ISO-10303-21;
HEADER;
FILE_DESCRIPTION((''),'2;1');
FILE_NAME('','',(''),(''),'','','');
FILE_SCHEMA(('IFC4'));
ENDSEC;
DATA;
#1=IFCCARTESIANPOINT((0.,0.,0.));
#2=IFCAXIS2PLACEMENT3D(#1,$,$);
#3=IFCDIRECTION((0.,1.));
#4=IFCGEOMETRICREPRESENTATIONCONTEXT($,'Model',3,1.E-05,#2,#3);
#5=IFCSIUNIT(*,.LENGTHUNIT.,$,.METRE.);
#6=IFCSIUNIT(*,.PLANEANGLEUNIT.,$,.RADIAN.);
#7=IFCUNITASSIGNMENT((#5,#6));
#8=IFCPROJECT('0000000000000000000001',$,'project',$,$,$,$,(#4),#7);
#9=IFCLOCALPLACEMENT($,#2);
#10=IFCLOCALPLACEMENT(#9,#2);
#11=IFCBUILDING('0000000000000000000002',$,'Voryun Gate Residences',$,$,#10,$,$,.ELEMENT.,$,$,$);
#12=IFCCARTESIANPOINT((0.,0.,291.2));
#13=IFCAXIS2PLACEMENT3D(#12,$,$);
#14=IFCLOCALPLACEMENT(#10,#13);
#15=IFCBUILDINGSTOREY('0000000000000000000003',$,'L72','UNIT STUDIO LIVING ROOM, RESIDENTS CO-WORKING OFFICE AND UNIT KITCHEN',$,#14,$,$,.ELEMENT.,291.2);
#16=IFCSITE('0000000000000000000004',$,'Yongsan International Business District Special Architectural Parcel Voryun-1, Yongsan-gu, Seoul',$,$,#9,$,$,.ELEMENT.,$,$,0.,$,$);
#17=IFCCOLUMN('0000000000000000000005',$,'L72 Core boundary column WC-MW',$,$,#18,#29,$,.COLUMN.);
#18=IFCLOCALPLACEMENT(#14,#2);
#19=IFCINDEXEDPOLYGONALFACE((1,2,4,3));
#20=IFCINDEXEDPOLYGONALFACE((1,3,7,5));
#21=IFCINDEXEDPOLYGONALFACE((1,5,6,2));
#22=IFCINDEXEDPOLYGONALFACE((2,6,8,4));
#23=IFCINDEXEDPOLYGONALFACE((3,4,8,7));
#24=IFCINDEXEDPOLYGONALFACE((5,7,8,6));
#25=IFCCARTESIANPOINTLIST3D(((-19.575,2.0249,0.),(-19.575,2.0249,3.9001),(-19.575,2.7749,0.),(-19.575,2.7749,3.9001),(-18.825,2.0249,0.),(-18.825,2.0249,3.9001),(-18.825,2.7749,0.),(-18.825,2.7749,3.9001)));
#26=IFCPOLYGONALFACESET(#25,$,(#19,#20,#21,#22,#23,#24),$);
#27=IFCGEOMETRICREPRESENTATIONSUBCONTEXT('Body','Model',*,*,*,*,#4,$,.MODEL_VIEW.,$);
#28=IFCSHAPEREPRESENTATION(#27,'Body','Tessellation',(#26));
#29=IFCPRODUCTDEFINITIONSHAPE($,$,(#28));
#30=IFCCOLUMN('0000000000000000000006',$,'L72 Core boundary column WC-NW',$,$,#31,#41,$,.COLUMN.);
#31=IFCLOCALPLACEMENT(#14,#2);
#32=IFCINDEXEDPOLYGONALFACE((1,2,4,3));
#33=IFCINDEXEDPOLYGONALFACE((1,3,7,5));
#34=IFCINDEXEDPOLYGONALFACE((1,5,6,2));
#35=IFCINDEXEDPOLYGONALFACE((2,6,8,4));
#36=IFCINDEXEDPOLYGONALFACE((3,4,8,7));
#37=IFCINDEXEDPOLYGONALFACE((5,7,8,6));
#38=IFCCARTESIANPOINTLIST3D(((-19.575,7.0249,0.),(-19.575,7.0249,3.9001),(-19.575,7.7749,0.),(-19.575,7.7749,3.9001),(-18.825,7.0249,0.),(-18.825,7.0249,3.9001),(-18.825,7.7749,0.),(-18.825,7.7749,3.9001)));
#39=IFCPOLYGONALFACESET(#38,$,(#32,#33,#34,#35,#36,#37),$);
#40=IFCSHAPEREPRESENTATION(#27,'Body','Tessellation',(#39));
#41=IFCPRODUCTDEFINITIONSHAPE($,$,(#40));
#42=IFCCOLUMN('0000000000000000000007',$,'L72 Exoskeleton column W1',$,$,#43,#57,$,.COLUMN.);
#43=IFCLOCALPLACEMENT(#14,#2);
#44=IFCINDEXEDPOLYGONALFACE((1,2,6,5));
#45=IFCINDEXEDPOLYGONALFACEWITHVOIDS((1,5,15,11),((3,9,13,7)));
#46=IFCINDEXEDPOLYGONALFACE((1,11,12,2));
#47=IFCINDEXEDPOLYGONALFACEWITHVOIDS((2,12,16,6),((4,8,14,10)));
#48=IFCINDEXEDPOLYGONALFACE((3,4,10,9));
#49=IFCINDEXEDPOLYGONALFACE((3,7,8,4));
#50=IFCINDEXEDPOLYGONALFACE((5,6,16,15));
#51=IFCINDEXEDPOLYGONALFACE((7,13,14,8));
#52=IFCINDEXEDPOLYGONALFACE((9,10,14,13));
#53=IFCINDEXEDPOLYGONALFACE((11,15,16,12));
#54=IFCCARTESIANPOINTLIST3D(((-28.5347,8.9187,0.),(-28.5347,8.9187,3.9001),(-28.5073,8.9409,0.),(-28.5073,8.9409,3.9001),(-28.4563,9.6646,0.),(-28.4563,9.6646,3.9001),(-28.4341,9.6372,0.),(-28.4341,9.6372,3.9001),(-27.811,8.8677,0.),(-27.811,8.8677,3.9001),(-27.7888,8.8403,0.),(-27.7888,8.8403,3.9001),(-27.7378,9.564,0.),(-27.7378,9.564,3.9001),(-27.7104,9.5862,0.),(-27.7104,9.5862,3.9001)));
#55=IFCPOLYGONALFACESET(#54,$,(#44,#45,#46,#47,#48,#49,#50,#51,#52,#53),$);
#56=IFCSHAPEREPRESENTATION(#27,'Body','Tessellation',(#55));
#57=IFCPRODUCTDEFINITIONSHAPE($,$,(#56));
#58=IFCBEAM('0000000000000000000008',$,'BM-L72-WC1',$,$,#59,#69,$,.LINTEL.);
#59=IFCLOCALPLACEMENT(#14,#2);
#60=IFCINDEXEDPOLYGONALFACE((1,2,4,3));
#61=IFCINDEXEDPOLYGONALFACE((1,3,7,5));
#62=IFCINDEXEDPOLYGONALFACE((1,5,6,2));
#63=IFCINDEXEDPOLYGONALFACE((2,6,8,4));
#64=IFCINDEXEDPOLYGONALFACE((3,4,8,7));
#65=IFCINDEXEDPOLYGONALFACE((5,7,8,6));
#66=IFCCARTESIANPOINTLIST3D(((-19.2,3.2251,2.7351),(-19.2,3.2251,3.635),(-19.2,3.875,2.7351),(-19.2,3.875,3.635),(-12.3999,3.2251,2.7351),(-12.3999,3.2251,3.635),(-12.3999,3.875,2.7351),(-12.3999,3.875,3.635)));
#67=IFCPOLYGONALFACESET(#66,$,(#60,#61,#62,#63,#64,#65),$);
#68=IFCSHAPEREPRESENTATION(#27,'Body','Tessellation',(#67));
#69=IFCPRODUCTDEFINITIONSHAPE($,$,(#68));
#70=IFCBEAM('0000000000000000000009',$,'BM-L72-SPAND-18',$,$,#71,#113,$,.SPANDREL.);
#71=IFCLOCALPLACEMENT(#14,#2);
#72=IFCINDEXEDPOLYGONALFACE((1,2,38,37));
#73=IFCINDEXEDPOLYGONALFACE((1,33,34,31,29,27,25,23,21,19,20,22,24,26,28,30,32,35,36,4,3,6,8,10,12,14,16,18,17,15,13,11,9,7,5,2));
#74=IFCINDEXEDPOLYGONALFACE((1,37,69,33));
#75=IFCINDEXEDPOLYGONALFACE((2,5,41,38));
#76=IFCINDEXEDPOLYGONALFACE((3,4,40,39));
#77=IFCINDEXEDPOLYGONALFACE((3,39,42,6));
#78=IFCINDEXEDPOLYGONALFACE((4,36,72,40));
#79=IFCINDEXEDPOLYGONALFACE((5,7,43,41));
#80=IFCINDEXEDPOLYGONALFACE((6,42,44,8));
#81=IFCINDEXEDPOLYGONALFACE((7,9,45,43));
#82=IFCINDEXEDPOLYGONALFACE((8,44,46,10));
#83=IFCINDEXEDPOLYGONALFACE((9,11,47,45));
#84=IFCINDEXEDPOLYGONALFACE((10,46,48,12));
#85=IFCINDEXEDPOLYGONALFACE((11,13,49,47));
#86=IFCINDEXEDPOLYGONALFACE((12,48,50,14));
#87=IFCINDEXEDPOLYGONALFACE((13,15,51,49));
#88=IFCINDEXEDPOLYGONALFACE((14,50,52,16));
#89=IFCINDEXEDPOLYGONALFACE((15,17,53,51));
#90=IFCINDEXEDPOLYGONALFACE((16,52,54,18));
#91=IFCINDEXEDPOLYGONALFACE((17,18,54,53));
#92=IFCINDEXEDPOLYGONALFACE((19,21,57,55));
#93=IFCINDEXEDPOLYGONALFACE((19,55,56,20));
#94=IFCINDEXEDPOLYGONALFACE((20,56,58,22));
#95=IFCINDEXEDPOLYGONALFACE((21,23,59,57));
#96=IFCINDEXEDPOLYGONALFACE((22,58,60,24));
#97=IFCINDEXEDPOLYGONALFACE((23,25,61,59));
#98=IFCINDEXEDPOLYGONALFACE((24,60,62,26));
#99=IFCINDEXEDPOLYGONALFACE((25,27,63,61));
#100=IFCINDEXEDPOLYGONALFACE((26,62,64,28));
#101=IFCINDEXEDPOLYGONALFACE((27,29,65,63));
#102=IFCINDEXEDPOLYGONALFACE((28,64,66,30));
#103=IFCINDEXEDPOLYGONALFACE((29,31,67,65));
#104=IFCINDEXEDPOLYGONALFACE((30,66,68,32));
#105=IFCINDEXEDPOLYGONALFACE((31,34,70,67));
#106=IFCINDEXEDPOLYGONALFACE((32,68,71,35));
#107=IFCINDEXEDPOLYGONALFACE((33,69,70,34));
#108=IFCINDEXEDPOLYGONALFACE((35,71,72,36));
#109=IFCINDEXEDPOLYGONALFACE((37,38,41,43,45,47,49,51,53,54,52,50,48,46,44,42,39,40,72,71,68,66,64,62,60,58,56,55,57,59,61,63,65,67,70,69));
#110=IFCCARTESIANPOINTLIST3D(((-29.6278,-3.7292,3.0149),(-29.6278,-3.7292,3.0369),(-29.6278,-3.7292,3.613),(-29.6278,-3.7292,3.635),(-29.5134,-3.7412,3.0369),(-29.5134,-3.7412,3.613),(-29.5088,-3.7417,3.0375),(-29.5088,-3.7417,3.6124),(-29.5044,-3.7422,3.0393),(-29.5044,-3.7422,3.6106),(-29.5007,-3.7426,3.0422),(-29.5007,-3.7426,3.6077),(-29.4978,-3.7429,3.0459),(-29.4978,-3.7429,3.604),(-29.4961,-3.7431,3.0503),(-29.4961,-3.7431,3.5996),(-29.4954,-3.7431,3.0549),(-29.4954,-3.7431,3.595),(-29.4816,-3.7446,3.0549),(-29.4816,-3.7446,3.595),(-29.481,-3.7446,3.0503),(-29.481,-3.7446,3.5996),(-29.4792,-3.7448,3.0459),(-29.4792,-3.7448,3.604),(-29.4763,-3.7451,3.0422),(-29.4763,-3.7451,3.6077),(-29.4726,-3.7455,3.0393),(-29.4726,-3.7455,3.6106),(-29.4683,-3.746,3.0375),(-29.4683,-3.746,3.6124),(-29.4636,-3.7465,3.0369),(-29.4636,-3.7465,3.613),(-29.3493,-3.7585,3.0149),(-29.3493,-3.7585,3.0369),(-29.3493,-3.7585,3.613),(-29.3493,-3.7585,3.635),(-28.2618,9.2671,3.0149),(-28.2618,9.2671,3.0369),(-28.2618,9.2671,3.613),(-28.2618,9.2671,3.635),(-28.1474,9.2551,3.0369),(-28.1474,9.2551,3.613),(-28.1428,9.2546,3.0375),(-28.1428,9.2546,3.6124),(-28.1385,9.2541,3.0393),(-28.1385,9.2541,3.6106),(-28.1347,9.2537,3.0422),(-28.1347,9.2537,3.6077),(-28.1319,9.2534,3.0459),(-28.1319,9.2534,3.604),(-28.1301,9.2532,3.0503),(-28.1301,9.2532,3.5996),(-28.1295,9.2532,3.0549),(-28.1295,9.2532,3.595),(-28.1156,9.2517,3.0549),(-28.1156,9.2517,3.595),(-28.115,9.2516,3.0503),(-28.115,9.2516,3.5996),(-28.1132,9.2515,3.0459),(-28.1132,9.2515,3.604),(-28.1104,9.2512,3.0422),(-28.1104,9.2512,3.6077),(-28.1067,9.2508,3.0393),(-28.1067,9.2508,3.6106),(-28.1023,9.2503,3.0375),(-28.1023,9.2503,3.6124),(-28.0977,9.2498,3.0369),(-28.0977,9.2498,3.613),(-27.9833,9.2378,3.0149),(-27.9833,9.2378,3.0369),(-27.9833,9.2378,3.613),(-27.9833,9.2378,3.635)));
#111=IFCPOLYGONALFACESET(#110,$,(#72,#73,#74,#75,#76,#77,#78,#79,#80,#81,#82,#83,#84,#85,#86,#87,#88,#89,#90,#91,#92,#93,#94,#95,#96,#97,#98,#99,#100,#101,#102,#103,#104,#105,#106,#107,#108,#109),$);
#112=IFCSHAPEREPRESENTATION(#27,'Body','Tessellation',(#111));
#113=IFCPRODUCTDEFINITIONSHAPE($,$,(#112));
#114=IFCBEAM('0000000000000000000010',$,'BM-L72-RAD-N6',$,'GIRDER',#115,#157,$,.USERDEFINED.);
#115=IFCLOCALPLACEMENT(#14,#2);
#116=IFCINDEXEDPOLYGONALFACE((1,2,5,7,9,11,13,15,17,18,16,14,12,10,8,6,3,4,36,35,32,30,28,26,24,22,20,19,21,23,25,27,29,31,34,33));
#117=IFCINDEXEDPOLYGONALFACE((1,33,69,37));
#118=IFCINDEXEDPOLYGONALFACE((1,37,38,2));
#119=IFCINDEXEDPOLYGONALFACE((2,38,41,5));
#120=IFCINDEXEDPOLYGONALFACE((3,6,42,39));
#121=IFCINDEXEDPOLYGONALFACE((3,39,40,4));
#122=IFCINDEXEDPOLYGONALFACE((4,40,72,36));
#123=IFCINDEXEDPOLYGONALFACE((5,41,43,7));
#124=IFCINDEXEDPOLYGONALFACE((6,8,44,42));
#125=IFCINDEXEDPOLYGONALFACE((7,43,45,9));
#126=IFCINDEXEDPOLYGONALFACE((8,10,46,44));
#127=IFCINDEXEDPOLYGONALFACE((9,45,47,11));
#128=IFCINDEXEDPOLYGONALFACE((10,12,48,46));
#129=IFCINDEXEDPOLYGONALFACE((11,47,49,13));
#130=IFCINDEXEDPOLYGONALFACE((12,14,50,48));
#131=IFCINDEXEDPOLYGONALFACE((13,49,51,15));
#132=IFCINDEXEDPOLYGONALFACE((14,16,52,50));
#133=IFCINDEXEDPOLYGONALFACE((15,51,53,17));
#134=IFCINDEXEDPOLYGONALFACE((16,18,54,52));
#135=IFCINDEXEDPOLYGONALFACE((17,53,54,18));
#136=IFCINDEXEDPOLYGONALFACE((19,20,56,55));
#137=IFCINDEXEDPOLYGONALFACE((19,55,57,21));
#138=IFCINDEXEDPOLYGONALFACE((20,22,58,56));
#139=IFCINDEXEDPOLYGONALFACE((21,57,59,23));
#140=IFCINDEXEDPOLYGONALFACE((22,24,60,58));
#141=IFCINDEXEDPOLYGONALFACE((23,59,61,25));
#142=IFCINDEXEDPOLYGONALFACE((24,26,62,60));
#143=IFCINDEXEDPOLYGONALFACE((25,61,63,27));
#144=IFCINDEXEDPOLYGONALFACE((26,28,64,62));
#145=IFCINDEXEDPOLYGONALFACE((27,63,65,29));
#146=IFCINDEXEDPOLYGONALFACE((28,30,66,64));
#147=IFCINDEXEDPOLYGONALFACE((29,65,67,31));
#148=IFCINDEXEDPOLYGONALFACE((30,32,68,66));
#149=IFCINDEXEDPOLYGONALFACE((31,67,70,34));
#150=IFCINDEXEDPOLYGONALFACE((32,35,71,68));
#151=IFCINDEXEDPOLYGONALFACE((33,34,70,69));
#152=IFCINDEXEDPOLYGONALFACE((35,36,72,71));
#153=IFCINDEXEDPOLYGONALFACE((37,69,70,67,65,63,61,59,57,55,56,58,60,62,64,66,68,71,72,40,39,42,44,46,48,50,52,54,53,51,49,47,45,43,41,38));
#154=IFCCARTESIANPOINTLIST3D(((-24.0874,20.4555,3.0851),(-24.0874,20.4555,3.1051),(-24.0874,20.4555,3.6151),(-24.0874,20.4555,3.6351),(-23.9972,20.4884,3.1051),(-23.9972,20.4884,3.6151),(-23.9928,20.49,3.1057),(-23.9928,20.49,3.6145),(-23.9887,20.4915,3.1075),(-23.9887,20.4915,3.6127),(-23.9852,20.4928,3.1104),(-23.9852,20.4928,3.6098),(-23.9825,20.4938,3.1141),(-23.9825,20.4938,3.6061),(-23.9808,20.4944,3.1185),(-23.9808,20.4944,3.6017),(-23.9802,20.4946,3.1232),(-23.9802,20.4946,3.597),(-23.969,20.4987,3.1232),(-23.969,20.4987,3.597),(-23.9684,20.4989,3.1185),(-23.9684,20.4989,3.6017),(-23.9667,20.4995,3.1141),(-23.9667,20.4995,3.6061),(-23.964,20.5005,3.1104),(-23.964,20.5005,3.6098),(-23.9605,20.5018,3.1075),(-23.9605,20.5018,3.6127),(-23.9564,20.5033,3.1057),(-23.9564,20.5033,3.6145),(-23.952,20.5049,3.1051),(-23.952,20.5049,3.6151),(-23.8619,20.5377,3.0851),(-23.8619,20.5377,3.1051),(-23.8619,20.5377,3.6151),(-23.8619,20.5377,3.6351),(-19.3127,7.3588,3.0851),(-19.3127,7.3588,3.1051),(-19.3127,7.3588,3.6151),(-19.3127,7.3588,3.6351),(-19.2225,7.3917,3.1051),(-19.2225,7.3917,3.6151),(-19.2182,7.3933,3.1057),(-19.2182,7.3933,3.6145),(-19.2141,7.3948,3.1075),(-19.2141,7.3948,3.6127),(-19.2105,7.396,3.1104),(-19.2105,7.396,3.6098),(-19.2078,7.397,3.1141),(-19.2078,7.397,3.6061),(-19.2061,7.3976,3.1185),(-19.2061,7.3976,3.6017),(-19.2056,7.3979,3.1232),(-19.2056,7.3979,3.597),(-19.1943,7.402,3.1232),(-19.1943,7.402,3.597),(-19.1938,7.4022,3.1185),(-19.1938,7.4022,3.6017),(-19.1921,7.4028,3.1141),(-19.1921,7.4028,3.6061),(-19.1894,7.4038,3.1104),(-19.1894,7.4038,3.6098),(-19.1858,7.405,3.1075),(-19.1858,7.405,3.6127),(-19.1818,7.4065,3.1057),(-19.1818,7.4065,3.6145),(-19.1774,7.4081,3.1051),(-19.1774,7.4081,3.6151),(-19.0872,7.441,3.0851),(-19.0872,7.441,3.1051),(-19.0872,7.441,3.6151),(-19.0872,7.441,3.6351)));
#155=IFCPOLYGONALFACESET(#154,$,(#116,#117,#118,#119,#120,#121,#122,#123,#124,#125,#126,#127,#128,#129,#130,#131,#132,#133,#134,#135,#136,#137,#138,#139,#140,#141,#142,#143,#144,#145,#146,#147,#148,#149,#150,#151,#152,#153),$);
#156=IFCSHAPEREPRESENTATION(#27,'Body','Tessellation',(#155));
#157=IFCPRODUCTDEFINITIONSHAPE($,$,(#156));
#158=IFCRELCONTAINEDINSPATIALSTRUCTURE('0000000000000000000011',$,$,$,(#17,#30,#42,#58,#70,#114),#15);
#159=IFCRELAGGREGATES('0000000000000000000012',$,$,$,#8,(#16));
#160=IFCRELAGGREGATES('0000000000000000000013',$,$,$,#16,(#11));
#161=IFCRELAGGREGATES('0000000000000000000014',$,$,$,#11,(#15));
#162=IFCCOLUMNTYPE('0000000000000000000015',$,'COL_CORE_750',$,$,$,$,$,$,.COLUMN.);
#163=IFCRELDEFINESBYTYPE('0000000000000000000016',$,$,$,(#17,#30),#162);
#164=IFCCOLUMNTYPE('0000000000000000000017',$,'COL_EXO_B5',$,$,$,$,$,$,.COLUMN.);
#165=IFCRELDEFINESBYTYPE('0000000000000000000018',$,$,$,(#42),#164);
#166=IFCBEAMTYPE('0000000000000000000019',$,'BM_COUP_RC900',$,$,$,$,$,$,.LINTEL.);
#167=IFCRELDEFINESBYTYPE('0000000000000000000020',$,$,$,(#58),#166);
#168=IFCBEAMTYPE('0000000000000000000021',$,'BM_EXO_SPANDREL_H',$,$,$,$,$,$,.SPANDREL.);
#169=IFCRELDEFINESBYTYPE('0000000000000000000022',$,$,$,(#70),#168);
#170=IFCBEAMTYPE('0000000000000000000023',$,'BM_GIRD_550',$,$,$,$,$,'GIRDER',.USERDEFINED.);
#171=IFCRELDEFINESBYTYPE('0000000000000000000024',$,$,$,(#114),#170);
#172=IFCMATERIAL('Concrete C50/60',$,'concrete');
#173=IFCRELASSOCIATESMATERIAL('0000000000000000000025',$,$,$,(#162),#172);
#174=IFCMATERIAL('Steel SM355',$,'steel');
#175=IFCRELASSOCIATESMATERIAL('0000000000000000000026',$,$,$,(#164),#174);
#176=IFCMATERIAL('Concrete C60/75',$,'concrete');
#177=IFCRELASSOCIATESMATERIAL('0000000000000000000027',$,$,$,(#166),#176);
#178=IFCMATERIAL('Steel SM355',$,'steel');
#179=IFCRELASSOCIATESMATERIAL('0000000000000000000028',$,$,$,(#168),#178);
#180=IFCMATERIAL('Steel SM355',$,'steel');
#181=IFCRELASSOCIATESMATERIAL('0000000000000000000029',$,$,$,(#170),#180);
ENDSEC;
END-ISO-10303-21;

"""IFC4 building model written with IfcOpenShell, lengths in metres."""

from ifc_helpers import new_model, si_unit, direction, frame, origin, origin_2d, place, context, subcontext, project, spatial, rectangle, hollow_rectangle, i_section, extrude, material, material_profile, profile_set, type_object, element, save


model = new_model("IFC4")

# Units and contexts
model_context = context("Model", 3, precision=1e-05, world=origin(), true_north=direction((0.0, 1.0)))
body_context = subcontext(model_context, "Body", "Model", "MODEL_VIEW")
ifc_project = project(units=[si_unit("LENGTHUNIT", "METRE"), si_unit("PLANEANGLEUNIT", "RADIAN")], contexts=[model_context])

# Site, building, storey
site_placement = place(None, origin())
site = spatial("IfcSite", under=ifc_project, at=site_placement, Name="Yongsan International Business District Special Architectural Parcel Voryun-1, Yongsan-gu, Seoul", CompositionType="ELEMENT", RefElevation=0.0)
building_placement = place(site_placement, origin())
building = spatial("IfcBuilding", under=site, at=building_placement, Name="Voryun Gate Residences", CompositionType="ELEMENT")
storey_placement = place(building_placement, frame((0.0, 0.0, 291.2)))
storey = spatial("IfcBuildingStorey", under=building, at=storey_placement, Name="L72", Description="UNIT STUDIO LIVING ROOM, RESIDENTS CO-WORKING OFFICE AND UNIT KITCHEN", CompositionType="ELEMENT", Elevation=291.2)

# Columns
ifc_material_1 = material(Name="Concrete C50/60", Category="concrete")
ifc_material_profile_1 = material_profile(ifc_material_1, rectangle(XDim=0.75, YDim=0.75, at=origin_2d()), Name="RC-750x750")
ifc_profile_set_1 = profile_set([ifc_material_profile_1], Name="Concrete C50/60")
column_type_1 = type_object("IfcColumnType", Name="COL_CORE_750", PredefinedType="COLUMN", material=ifc_profile_set_1)
for number, where, z_axis, x_axis, name in (
    (1, (-19.2, 2.3999, 0.0), (0.0, 0.0, 1.0), (1.0, 0.0, 0.0), "L72 Core boundary column WC-MW"),
    (2, (-19.2, 7.3999, 0.0), (0.0, 0.0, 1.0), (1.0, 0.0, 0.0), "L72 Core boundary column WC-NW"),
):
    element("IfcColumn", number, at=place(storey_placement, frame(where, z_axis=z_axis, x_axis=x_axis)), inside=storey, type_object=column_type_1, Name=name, PredefinedType="COLUMN", context=body_context, shape_type="SweptSolid", body=[
        extrude(rectangle(XDim=0.75, YDim=0.75, at=origin_2d()), origin(), (0.0, 0.0, 1.0), 3.9001),
    ])
ifc_material_2 = material(Name="Steel SM355", Category="steel")
ifc_material_profile_2 = material_profile(ifc_material_2, hollow_rectangle(XDim=0.75, YDim=0.75, WallThickness=0.0249, at=origin_2d()), Name="BOX-750x750x25")
ifc_profile_set_2 = profile_set([ifc_material_profile_2], Name="Steel SM355")
column_type_2 = type_object("IfcColumnType", Name="COL_EXO_B5", PredefinedType="COLUMN", material=ifc_profile_set_2)
column_placement = place(storey_placement, frame((-28.1226, 9.2524, 0.0), z_axis=(0.0, 0.0, 1.0), x_axis=(0.994522, -0.104528, 0.0)))
element("IfcColumn", 3, at=column_placement, inside=storey, type_object=column_type_2, Name="L72 Exoskeleton column W1", PredefinedType="COLUMN", context=body_context, shape_type="SweptSolid", body=[
    extrude(hollow_rectangle(XDim=0.75, YDim=0.75, WallThickness=0.0249, at=origin_2d()), origin(), (0.0, 0.0, 1.0), 3.9001),
])

# Beams
ifc_material_3 = material(Name="Concrete C60/75", Category="concrete")
ifc_material_profile_3 = material_profile(ifc_material_3, rectangle(XDim=0.6499, YDim=0.8999, at=origin_2d()), Name="RC-650x900")
ifc_profile_set_3 = profile_set([ifc_material_profile_3], Name="Concrete C60/75")
beam_type_1 = type_object("IfcBeamType", Name="BM_COUP_RC900", PredefinedType="LINTEL", material=ifc_profile_set_3)
beam_1_placement = place(storey_placement, frame((-19.2, 3.55, 3.1851), z_axis=(1.0, 0.0, 0.0), x_axis=(0.0, 1.0, 0.0)))
element("IfcBeam", 4, at=beam_1_placement, inside=storey, type_object=beam_type_1, Name="BM-L72-WC1", PredefinedType="LINTEL", context=body_context, shape_type="SweptSolid", body=[
    extrude(rectangle(XDim=0.6499, YDim=0.8999, at=origin_2d()), origin(), (0.0, 0.0, 1.0), 6.8),
])
ifc_material_4 = material(Name="Steel SM355", Category="steel")
ifc_material_profile_4 = material_profile(ifc_material_4, i_section(OverallWidth=0.28, OverallDepth=0.6201, WebThickness=0.0139, FlangeThickness=0.022, FilletRadius=0.0181, at=origin_2d()), Name="H-620x280x14x22")
ifc_profile_set_4 = profile_set([ifc_material_profile_4], Name="Steel SM355")
beam_type_2 = type_object("IfcBeamType", Name="BM_EXO_SPANDREL_H", PredefinedType="SPANDREL", material=ifc_profile_set_4)
beam_2_placement = place(storey_placement, frame((-28.1226, 9.2524, 3.325), z_axis=(-0.104528, -0.994522, 0.0), x_axis=(0.994522, -0.104528, 0.0)))
element("IfcBeam", 5, at=beam_2_placement, inside=storey, type_object=beam_type_2, Name="BM-L72-SPAND-18", PredefinedType="SPANDREL", context=body_context, shape_type="SweptSolid", body=[
    extrude(i_section(OverallWidth=0.28, OverallDepth=0.6201, WebThickness=0.0139, FlangeThickness=0.022, FilletRadius=0.0181, at=origin_2d()), origin(), (0.0, 0.0, 1.0), 13.0679),
])
ifc_material_5 = material(Name="Steel SM355", Category="steel")
ifc_material_profile_5 = material_profile(ifc_material_5, i_section(OverallWidth=0.24, OverallDepth=0.55, WebThickness=0.012, FlangeThickness=0.02, FilletRadius=0.0181, at=origin_2d()), Name="H-550x240x12x20")
ifc_profile_set_5 = profile_set([ifc_material_profile_5], Name="Steel SM355")
beam_type_3 = type_object("IfcBeamType", Name="BM_GIRD_550", ElementType="GIRDER", PredefinedType="USERDEFINED", material=ifc_profile_set_5)
beam_3_placement = place(storey_placement, frame((-19.2, 7.3999, 3.3601), z_axis=(-0.342518, 0.939511, 0.0), x_axis=(-0.939511, -0.342518, 0.0)))
element("IfcBeam", 6, at=beam_3_placement, inside=storey, type_object=beam_type_3, Name="BM-L72-RAD-N6", ObjectType="GIRDER", PredefinedType="USERDEFINED", context=body_context, shape_type="SweptSolid", body=[
    extrude(i_section(OverallWidth=0.24, OverallDepth=0.55, WebThickness=0.012, FlangeThickness=0.02, FilletRadius=0.0181, at=origin_2d()), origin(), (0.0, 0.0, 1.0), 13.9399),
])

save(model, "model.ifc")
